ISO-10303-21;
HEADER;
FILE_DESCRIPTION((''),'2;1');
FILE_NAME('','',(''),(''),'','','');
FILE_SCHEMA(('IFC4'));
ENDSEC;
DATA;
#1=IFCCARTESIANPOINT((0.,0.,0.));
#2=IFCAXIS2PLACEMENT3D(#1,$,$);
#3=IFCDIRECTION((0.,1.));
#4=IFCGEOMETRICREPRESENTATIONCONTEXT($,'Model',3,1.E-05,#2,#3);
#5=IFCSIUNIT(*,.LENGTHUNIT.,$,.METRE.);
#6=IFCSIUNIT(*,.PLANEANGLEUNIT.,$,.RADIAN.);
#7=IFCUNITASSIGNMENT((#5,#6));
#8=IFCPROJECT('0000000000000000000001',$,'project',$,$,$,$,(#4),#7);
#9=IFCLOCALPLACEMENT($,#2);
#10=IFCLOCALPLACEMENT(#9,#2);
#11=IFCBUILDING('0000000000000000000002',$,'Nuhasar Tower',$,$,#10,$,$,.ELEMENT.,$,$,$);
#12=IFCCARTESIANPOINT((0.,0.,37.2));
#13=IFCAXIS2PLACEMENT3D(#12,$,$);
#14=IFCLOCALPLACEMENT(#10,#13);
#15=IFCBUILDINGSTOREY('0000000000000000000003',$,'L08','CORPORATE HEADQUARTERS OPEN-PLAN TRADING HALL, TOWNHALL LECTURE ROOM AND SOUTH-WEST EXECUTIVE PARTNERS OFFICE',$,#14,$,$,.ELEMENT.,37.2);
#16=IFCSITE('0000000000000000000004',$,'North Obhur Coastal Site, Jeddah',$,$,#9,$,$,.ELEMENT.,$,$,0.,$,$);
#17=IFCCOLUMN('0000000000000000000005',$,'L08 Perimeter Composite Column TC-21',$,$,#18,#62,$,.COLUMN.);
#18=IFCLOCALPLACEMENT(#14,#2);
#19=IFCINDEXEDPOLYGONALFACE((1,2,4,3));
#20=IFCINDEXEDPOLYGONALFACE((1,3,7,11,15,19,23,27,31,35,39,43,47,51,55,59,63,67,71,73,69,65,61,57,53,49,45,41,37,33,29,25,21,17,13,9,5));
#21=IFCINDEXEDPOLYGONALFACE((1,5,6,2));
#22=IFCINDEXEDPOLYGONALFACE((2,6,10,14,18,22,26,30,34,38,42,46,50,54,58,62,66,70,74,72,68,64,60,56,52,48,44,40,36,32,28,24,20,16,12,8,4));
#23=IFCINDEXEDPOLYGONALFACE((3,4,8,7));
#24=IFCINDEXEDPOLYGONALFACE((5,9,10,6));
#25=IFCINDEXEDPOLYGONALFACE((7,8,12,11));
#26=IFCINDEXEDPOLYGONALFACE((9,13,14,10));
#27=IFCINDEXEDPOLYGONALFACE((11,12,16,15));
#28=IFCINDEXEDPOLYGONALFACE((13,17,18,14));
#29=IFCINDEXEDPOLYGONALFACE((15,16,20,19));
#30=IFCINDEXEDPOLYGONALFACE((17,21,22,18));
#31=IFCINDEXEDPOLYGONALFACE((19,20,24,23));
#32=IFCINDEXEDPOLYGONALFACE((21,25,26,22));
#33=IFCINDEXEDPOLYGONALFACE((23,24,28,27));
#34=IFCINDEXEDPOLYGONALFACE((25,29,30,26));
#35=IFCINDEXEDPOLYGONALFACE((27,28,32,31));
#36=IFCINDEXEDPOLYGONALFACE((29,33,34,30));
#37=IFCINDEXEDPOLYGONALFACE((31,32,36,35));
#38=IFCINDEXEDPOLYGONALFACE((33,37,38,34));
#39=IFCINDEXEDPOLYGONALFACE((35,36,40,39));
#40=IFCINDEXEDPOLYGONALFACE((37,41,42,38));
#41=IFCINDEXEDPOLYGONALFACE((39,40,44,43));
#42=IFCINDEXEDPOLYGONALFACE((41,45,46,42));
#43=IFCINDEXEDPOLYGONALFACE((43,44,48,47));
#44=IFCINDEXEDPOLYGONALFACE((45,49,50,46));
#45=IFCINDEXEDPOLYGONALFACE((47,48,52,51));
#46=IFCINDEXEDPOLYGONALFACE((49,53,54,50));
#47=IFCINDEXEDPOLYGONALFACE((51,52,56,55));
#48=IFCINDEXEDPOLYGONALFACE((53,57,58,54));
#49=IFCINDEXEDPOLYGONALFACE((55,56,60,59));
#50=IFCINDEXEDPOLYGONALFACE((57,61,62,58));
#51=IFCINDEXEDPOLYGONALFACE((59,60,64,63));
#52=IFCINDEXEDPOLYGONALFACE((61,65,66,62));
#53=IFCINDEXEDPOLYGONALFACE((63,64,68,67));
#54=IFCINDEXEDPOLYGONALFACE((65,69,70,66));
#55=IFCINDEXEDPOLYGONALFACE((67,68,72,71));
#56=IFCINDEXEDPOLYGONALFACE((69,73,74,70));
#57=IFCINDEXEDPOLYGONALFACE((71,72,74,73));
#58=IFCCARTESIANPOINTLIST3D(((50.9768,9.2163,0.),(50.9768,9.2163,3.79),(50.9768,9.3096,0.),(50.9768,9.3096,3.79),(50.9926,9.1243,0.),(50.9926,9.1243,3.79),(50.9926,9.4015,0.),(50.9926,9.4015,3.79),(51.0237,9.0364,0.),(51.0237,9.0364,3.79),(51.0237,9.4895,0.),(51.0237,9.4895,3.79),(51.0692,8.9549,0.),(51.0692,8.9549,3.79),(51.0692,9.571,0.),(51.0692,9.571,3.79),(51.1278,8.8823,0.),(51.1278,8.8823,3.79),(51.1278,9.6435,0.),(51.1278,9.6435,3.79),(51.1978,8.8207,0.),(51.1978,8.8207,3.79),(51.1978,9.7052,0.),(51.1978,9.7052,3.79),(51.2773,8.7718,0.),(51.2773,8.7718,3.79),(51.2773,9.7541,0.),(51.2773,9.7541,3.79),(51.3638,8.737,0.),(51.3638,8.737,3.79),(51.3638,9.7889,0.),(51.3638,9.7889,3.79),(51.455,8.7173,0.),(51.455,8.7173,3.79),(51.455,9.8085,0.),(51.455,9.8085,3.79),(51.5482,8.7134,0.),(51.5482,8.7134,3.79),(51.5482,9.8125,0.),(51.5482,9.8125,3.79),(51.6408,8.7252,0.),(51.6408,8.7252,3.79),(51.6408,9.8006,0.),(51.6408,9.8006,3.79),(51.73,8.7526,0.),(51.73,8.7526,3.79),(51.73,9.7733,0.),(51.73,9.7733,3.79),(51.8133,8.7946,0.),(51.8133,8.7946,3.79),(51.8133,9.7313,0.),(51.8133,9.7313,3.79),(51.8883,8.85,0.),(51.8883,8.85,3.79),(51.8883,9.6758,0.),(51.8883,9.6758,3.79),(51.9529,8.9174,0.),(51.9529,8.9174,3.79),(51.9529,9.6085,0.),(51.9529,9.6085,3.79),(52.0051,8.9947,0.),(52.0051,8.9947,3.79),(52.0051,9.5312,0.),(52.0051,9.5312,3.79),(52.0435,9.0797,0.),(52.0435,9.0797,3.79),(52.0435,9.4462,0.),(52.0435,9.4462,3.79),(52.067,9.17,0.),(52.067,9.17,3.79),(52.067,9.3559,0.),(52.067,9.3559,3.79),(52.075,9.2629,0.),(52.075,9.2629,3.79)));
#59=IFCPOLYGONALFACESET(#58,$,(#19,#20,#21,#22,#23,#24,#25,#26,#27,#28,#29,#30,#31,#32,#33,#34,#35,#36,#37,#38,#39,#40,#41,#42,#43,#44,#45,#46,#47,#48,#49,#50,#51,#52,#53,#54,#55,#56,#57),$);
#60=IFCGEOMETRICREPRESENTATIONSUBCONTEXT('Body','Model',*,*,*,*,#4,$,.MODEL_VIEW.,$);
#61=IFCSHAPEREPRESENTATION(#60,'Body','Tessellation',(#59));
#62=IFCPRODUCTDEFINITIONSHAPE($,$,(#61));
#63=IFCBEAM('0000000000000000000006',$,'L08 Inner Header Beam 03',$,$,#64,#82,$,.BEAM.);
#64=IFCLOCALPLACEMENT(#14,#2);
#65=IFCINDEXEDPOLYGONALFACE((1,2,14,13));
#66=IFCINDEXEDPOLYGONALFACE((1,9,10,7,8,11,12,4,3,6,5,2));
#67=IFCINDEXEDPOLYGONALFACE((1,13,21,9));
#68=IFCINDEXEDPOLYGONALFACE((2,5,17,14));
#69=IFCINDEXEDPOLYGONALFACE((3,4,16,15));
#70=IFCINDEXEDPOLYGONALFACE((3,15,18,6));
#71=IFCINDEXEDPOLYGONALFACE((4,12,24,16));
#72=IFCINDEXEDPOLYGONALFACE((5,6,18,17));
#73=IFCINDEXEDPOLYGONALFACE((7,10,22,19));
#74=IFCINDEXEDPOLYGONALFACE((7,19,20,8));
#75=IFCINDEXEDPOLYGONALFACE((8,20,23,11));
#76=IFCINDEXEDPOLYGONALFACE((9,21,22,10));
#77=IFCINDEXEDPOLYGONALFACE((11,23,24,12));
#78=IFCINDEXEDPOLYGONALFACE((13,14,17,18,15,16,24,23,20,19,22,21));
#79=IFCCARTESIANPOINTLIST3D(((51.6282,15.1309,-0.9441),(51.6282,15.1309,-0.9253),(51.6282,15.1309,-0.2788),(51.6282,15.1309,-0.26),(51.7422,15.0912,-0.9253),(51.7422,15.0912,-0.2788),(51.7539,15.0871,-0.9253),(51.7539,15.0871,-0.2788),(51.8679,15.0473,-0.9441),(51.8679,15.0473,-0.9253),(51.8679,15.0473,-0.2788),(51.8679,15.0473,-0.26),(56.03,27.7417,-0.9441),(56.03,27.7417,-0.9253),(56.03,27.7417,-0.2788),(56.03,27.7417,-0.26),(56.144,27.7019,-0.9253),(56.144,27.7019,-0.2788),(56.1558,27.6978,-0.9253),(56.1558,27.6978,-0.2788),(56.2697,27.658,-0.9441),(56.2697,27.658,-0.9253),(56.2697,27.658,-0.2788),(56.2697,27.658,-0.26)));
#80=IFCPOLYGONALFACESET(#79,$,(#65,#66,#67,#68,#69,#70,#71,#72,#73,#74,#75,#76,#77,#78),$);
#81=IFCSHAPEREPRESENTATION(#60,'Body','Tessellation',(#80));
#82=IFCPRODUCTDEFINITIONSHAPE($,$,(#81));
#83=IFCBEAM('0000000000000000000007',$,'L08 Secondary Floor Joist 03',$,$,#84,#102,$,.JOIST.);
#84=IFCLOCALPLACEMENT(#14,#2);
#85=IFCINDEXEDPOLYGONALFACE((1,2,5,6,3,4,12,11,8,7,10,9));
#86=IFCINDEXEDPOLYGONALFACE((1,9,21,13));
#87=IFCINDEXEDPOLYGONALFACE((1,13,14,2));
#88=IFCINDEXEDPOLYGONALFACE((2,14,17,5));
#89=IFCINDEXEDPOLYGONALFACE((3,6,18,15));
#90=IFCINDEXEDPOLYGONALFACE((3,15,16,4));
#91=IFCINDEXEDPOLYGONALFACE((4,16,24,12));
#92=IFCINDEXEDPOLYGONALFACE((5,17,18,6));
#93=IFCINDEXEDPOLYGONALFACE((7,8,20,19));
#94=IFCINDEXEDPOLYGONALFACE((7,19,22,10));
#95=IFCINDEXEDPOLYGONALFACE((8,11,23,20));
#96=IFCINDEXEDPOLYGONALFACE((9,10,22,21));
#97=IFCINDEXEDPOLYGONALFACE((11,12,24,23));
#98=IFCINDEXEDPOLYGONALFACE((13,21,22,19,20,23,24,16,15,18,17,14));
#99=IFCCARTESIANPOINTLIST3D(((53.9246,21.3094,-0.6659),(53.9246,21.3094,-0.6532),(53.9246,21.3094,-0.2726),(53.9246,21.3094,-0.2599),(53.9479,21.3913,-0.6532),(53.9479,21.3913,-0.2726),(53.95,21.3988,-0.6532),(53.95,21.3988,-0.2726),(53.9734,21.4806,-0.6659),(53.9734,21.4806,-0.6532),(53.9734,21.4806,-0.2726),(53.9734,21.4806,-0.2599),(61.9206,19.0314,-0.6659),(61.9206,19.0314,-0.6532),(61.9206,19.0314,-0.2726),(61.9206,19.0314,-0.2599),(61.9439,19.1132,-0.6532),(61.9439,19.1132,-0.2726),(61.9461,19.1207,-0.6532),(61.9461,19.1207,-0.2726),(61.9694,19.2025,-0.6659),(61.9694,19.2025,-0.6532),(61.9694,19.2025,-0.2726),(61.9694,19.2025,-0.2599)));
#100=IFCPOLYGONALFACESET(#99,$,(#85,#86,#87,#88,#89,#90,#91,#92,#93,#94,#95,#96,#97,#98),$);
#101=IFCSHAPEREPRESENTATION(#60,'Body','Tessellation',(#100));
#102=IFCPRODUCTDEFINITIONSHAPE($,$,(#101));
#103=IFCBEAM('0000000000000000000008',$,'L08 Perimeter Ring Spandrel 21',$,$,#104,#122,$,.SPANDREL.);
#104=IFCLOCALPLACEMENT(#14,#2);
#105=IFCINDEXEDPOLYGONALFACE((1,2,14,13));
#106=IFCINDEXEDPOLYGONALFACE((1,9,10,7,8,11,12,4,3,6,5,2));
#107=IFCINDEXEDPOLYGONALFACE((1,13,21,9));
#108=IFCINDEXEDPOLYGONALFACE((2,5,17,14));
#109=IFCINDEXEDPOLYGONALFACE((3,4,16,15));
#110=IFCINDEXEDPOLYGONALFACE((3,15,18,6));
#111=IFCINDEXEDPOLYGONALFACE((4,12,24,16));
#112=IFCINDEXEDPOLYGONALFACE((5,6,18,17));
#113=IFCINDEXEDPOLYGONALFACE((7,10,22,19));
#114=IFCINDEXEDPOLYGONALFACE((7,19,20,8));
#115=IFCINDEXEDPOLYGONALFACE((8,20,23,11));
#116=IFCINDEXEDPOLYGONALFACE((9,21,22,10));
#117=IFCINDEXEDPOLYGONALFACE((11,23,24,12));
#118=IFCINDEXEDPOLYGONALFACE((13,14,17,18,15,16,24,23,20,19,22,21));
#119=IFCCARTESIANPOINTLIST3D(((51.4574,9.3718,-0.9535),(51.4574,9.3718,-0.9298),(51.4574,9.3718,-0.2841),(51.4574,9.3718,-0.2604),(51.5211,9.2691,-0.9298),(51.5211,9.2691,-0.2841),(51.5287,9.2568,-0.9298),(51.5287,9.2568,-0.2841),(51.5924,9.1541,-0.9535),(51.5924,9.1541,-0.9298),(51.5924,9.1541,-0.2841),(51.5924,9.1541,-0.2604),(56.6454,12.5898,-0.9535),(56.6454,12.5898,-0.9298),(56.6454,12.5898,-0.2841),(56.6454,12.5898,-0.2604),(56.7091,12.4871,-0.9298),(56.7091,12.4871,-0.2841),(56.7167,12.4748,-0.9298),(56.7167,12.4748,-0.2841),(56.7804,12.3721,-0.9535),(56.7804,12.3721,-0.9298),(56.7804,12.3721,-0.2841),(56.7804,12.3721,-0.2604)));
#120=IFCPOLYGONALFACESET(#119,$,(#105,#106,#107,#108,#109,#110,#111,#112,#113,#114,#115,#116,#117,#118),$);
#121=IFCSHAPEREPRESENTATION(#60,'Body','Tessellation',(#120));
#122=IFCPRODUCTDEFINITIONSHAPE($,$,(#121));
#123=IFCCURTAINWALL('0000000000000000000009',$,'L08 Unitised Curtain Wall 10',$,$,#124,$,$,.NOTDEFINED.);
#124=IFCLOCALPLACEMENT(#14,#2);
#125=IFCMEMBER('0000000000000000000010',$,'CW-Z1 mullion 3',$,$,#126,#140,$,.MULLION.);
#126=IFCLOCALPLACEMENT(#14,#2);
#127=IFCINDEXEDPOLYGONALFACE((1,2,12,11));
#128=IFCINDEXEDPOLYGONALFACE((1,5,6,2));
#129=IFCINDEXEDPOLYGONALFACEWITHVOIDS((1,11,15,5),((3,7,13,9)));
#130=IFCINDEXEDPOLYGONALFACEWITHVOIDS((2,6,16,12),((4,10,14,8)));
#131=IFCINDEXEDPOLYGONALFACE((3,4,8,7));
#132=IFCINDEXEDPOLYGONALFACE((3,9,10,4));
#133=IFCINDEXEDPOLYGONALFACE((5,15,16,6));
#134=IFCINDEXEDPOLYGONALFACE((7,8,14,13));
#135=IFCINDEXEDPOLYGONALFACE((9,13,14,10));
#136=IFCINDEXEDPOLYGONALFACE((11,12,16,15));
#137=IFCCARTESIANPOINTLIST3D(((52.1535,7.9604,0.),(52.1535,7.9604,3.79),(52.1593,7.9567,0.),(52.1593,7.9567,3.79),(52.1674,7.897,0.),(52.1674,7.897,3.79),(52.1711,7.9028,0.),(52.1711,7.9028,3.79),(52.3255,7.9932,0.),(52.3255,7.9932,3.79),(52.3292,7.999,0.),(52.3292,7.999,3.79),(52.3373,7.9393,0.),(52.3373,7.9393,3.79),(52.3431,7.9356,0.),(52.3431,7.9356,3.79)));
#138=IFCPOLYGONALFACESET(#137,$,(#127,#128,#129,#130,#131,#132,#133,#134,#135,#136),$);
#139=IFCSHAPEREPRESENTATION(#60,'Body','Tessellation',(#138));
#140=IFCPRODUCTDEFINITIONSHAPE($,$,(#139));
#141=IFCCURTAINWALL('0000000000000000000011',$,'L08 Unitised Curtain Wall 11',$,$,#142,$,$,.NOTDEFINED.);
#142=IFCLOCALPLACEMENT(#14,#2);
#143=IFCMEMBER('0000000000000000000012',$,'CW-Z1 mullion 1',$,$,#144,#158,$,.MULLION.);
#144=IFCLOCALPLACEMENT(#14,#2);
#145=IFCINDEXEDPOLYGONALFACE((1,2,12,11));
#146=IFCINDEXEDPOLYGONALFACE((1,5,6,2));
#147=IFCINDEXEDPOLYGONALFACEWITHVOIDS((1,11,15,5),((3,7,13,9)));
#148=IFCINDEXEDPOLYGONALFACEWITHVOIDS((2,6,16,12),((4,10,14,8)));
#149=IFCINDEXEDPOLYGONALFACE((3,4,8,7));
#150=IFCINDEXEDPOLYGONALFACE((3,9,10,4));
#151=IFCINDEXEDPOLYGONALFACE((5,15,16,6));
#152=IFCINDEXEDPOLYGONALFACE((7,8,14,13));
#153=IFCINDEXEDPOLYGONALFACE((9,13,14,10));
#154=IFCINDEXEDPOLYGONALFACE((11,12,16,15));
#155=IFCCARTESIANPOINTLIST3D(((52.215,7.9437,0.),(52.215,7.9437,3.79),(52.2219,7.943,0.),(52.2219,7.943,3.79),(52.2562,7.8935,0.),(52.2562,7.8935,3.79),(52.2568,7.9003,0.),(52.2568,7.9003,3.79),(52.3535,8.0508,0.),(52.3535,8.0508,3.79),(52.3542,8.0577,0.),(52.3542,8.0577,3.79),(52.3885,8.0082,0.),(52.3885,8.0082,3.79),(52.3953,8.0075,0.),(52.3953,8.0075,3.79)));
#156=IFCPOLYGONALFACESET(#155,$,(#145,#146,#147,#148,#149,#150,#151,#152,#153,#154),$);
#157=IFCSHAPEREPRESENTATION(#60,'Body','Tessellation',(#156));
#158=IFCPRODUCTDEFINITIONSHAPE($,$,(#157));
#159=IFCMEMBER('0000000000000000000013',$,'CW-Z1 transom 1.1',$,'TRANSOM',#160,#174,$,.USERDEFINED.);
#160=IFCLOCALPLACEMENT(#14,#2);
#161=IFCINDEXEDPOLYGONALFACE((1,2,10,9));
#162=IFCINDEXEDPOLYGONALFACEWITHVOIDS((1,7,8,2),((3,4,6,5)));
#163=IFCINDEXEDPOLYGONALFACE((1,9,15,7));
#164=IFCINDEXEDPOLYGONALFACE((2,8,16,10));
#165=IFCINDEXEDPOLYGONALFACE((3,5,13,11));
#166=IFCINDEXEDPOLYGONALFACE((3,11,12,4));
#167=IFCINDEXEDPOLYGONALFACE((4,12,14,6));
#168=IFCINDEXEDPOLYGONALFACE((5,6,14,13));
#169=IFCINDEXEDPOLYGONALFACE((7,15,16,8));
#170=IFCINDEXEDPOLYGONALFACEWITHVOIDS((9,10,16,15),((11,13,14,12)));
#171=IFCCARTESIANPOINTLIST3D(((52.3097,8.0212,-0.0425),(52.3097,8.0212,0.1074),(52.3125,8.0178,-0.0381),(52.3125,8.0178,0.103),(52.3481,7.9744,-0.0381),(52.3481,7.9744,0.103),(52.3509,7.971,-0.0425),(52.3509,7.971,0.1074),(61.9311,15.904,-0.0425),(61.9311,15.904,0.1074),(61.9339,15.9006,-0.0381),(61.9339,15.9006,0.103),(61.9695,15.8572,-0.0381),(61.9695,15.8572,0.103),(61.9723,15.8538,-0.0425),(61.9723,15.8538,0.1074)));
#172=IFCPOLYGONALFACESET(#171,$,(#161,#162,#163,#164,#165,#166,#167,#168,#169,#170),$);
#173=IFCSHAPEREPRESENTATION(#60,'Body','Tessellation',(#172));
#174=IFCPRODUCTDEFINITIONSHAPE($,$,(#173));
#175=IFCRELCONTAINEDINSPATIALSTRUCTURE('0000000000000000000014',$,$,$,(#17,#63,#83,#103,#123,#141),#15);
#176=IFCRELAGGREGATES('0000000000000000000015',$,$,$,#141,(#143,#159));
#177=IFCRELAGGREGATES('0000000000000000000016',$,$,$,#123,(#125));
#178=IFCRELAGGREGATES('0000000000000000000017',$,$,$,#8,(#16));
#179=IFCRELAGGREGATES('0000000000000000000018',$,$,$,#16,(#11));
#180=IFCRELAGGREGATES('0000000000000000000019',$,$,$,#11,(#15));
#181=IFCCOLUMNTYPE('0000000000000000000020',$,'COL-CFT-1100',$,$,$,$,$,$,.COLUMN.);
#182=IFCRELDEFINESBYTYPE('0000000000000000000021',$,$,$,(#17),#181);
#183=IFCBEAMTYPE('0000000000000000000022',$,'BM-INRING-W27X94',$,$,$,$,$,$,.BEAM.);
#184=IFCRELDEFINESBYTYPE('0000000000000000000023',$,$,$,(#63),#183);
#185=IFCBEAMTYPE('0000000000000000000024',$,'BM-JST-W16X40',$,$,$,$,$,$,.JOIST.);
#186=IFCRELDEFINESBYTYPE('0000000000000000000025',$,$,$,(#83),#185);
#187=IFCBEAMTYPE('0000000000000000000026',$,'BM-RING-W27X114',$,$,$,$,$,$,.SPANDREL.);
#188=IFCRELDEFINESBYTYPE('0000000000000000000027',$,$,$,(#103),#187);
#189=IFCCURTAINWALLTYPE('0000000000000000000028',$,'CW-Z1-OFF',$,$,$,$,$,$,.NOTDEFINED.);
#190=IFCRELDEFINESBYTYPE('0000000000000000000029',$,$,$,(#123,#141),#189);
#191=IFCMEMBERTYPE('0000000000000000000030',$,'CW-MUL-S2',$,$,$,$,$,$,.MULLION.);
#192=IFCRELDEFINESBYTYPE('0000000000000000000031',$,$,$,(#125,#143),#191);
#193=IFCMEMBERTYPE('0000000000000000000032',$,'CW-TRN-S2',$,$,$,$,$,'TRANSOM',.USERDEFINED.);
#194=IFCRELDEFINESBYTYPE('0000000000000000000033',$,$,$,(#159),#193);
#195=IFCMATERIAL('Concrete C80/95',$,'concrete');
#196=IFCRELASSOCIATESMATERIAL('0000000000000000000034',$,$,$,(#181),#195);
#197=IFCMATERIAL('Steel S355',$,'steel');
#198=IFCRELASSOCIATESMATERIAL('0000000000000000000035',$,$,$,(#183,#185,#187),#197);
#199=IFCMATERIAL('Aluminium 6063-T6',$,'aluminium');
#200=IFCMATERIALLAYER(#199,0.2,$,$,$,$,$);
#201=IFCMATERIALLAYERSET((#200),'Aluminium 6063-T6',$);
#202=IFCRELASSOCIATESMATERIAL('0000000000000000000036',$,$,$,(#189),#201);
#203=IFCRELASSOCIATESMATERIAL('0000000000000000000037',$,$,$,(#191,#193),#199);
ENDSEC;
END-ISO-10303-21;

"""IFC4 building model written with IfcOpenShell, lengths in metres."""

from ifc_helpers import new_model, si_unit, direction, frame, origin, origin_2d, place, context, subcontext, project, spatial, hollow_rectangle, circle, i_section, extrude, material, layer, layer_set, material_profile, profile_set, type_object, element, aggregate, save


model = new_model("IFC4")

# Units and contexts
model_context = context("Model", 3, precision=1e-05, world=origin(), true_north=direction((0.0, 1.0)))
body_context = subcontext(model_context, "Body", "Model", "MODEL_VIEW")
ifc_project = project(units=[si_unit("LENGTHUNIT", "METRE"), si_unit("PLANEANGLEUNIT", "RADIAN")], contexts=[model_context])

# Site, building, storey
site_placement = place(None, origin())
site = spatial("IfcSite", under=ifc_project, at=site_placement, Name="North Obhur Coastal Site, Jeddah", CompositionType="ELEMENT", RefElevation=0.0)
building_placement = place(site_placement, origin())
building = spatial("IfcBuilding", under=site, at=building_placement, Name="Nuhasar Tower", CompositionType="ELEMENT")
storey_placement = place(building_placement, frame((0.0, 0.0, 37.2)))
storey = spatial("IfcBuildingStorey", under=building, at=storey_placement, Name="L08", Description="CORPORATE HEADQUARTERS OPEN-PLAN TRADING HALL, TOWNHALL LECTURE ROOM AND SOUTH-WEST EXECUTIVE PARTNERS OFFICE", CompositionType="ELEMENT", Elevation=37.2)

# Column
ifc_material_1 = material(Name="Concrete C80/95", Category="concrete")
ifc_material_profile_1 = material_profile(ifc_material_1, circle(Radius=0.55, at=origin_2d()), Name="CFT1100")
ifc_profile_set_1 = profile_set([ifc_material_profile_1], Name="Concrete C80/95")
column_type = type_object("IfcColumnType", Name="COL-CFT-1100", PredefinedType="COLUMN", material=ifc_profile_set_1)
column_placement = place(storey_placement, frame((51.5249, 9.2629, 0.0), z_axis=(0.0, 0.0, 1.0), x_axis=(1.0, 0.0, 0.0)))
element("IfcColumn", 1, at=column_placement, inside=storey, type_object=column_type, Name="L08 Perimeter Composite Column TC-21", PredefinedType="COLUMN", context=body_context, shape_type="SweptSolid", body=[
    extrude(circle(Radius=0.55, at=origin_2d()), origin(), (0.0, 0.0, 1.0), 3.79),
])

# Beams
ifc_material_2 = material(Name="Steel S355", Category="steel")
ifc_material_profile_2 = material_profile(ifc_material_2, i_section(OverallWidth=0.2539, OverallDepth=0.6841, WebThickness=0.0125, FlangeThickness=0.0188, at=origin_2d()), Name="W27X94")
ifc_profile_set_2 = profile_set([ifc_material_profile_2], Name="Steel S355")
beam_type_1 = type_object("IfcBeamType", Name="BM-INRING-W27X94", PredefinedType="BEAM", material=ifc_profile_set_2)
beam_1_placement = place(storey_placement, frame((51.748, 15.0891, -0.6021), z_axis=(0.329554, 0.944137, 0.0), x_axis=(-0.944137, 0.329554, 0.0)))
element("IfcBeam", 2, at=beam_1_placement, inside=storey, type_object=beam_type_1, Name="L08 Inner Header Beam 03", PredefinedType="BEAM", context=body_context, shape_type="SweptSolid", body=[
    extrude(i_section(OverallWidth=0.2539, OverallDepth=0.6841, WebThickness=0.0125, FlangeThickness=0.0188, at=origin_2d()), origin(), (0.0, 0.0, 1.0), 13.3569),
])
ifc_material_profile_3 = material_profile(ifc_material_2, i_section(OverallWidth=0.178, OverallDepth=0.406, WebThickness=0.0078, FlangeThickness=0.0127, at=origin_2d()), Name="W16X40")
ifc_profile_set_3 = profile_set([ifc_material_profile_3], Name="Steel S355")
beam_type_2 = type_object("IfcBeamType", Name="BM-JST-W16X40", PredefinedType="JOIST", material=ifc_profile_set_3)
beam_2_placement = place(storey_placement, frame((53.949, 21.395, -0.4629), z_axis=(0.961731, -0.273996, 0.0), x_axis=(0.273996, 0.961731, 0.0)))
element("IfcBeam", 3, at=beam_2_placement, inside=storey, type_object=beam_type_2, Name="L08 Secondary Floor Joist 03", PredefinedType="JOIST", context=body_context, shape_type="SweptSolid", body=[
    extrude(i_section(OverallWidth=0.178, OverallDepth=0.406, WebThickness=0.0078, FlangeThickness=0.0127, at=origin_2d()), origin(), (0.0, 0.0, 1.0), 8.3142),
])
ifc_material_profile_4 = material_profile(ifc_material_2, i_section(OverallWidth=0.2561, OverallDepth=0.6931, WebThickness=0.0144, FlangeThickness=0.0237, at=origin_2d()), Name="W27X114")
ifc_profile_set_4 = profile_set([ifc_material_profile_4], Name="Steel S355")
beam_type_3 = type_object("IfcBeamType", Name="BM-RING-W27X114", PredefinedType="SPANDREL", material=ifc_profile_set_4)
beam_3_placement = place(storey_placement, frame((51.5249, 9.2629, -0.6069), z_axis=(0.849795, 0.527113, 0.0), x_axis=(-0.527113, 0.849795, 0.0)))
element("IfcBeam", 4, at=beam_3_placement, inside=storey, type_object=beam_type_3, Name="L08 Perimeter Ring Spandrel 21", PredefinedType="SPANDREL", context=body_context, shape_type="SweptSolid", body=[
    extrude(i_section(OverallWidth=0.2561, OverallDepth=0.6931, WebThickness=0.0144, FlangeThickness=0.0237, at=origin_2d()), origin(), (0.0, 0.0, 1.0), 6.105),
])

# Curtain wall, member
ifc_material_3 = material(Name="Aluminium 6063-T6", Category="aluminium")
ifc_layer_1 = layer(ifc_material_3, 0.2)
ifc_layer_set_1 = layer_set([ifc_layer_1], Name="Aluminium 6063-T6")
curtain_wall_type = type_object("IfcCurtainWallType", Name="CW-Z1-OFF", PredefinedType="NOTDEFINED", material=ifc_layer_set_1)
curtain_wall_1_placement = place(storey_placement, origin())
curtain_wall_1 = element("IfcCurtainWall", 5, at=curtain_wall_1_placement, inside=storey, type_object=curtain_wall_type, Name="L08 Unitised Curtain Wall 10", PredefinedType="NOTDEFINED")
ifc_material_profile_5 = material_profile(ifc_material_3, hollow_rectangle(XDim=0.0649, YDim=0.1799, WallThickness=0.0049, at=origin_2d()), Name="CWM-2")
ifc_profile_set_5 = profile_set([ifc_material_profile_5], Name="Aluminium 6063-T6")
member_type_1 = type_object("IfcMemberType", Name="CW-MUL-S2", PredefinedType="MULLION", material=ifc_profile_set_5)
member_1_placement = place(storey_placement, frame((52.2483, 7.948, 0.0), z_axis=(0.0, 0.0, 1.0), x_axis=(-0.214399, 0.976746, 0.0)))
member_1 = element("IfcMember", 6, at=member_1_placement, type_object=member_type_1, Name="CW-Z1 mullion 3", PredefinedType="MULLION", context=body_context, shape_type="SweptSolid", body=[
    extrude(hollow_rectangle(XDim=0.0649, YDim=0.1799, WallThickness=0.0049, at=origin_2d()), origin(), (0.0, 0.0, 1.0), 3.79),
])

# Curtain wall, members
curtain_wall_2_placement = place(storey_placement, origin())
curtain_wall_2 = element("IfcCurtainWall", 7, at=curtain_wall_2_placement, inside=storey, type_object=curtain_wall_type, Name="L08 Unitised Curtain Wall 11", PredefinedType="NOTDEFINED")
member_2_placement = place(storey_placement, frame((52.3052, 7.9756, 0.0), z_axis=(0.0, 0.0, 1.0), x_axis=(-0.633745, 0.773542, 0.0)))
member_2 = element("IfcMember", 8, at=member_2_placement, type_object=member_type_1, Name="CW-Z1 mullion 1", PredefinedType="MULLION", context=body_context, shape_type="SweptSolid", body=[
    extrude(hollow_rectangle(XDim=0.0649, YDim=0.1799, WallThickness=0.0049, at=origin_2d()), origin(), (0.0, 0.0, 1.0), 3.79),
])
ifc_material_profile_6 = material_profile(ifc_material_3, hollow_rectangle(XDim=0.0649, YDim=0.1499, WallThickness=0.0044, at=origin_2d()), Name="CWT-2")
ifc_profile_set_6 = profile_set([ifc_material_profile_6], Name="Aluminium 6063-T6")
member_type_2 = type_object("IfcMemberType", Name="CW-TRN-S2", ElementType="TRANSOM", PredefinedType="USERDEFINED", material=ifc_profile_set_6)
member_3_placement = place(storey_placement, frame((52.3303, 7.9961, 0.0325), z_axis=(0.773531, 0.633758, 0.0), x_axis=(-0.633758, 0.773531, 0.0)))
member_3 = element("IfcMember", 9, at=member_3_placement, type_object=member_type_2, Name="CW-Z1 transom 1.1", ObjectType="TRANSOM", PredefinedType="USERDEFINED", context=body_context, shape_type="SweptSolid", body=[
    extrude(hollow_rectangle(XDim=0.0649, YDim=0.1499, WallThickness=0.0044, at=origin_2d()), origin(), (0.0, 0.0, 1.0), 12.4382),
])
aggregate(curtain_wall_2, [member_2, member_3])

aggregate(curtain_wall_1, [member_1])

save(model, "model.ifc")
